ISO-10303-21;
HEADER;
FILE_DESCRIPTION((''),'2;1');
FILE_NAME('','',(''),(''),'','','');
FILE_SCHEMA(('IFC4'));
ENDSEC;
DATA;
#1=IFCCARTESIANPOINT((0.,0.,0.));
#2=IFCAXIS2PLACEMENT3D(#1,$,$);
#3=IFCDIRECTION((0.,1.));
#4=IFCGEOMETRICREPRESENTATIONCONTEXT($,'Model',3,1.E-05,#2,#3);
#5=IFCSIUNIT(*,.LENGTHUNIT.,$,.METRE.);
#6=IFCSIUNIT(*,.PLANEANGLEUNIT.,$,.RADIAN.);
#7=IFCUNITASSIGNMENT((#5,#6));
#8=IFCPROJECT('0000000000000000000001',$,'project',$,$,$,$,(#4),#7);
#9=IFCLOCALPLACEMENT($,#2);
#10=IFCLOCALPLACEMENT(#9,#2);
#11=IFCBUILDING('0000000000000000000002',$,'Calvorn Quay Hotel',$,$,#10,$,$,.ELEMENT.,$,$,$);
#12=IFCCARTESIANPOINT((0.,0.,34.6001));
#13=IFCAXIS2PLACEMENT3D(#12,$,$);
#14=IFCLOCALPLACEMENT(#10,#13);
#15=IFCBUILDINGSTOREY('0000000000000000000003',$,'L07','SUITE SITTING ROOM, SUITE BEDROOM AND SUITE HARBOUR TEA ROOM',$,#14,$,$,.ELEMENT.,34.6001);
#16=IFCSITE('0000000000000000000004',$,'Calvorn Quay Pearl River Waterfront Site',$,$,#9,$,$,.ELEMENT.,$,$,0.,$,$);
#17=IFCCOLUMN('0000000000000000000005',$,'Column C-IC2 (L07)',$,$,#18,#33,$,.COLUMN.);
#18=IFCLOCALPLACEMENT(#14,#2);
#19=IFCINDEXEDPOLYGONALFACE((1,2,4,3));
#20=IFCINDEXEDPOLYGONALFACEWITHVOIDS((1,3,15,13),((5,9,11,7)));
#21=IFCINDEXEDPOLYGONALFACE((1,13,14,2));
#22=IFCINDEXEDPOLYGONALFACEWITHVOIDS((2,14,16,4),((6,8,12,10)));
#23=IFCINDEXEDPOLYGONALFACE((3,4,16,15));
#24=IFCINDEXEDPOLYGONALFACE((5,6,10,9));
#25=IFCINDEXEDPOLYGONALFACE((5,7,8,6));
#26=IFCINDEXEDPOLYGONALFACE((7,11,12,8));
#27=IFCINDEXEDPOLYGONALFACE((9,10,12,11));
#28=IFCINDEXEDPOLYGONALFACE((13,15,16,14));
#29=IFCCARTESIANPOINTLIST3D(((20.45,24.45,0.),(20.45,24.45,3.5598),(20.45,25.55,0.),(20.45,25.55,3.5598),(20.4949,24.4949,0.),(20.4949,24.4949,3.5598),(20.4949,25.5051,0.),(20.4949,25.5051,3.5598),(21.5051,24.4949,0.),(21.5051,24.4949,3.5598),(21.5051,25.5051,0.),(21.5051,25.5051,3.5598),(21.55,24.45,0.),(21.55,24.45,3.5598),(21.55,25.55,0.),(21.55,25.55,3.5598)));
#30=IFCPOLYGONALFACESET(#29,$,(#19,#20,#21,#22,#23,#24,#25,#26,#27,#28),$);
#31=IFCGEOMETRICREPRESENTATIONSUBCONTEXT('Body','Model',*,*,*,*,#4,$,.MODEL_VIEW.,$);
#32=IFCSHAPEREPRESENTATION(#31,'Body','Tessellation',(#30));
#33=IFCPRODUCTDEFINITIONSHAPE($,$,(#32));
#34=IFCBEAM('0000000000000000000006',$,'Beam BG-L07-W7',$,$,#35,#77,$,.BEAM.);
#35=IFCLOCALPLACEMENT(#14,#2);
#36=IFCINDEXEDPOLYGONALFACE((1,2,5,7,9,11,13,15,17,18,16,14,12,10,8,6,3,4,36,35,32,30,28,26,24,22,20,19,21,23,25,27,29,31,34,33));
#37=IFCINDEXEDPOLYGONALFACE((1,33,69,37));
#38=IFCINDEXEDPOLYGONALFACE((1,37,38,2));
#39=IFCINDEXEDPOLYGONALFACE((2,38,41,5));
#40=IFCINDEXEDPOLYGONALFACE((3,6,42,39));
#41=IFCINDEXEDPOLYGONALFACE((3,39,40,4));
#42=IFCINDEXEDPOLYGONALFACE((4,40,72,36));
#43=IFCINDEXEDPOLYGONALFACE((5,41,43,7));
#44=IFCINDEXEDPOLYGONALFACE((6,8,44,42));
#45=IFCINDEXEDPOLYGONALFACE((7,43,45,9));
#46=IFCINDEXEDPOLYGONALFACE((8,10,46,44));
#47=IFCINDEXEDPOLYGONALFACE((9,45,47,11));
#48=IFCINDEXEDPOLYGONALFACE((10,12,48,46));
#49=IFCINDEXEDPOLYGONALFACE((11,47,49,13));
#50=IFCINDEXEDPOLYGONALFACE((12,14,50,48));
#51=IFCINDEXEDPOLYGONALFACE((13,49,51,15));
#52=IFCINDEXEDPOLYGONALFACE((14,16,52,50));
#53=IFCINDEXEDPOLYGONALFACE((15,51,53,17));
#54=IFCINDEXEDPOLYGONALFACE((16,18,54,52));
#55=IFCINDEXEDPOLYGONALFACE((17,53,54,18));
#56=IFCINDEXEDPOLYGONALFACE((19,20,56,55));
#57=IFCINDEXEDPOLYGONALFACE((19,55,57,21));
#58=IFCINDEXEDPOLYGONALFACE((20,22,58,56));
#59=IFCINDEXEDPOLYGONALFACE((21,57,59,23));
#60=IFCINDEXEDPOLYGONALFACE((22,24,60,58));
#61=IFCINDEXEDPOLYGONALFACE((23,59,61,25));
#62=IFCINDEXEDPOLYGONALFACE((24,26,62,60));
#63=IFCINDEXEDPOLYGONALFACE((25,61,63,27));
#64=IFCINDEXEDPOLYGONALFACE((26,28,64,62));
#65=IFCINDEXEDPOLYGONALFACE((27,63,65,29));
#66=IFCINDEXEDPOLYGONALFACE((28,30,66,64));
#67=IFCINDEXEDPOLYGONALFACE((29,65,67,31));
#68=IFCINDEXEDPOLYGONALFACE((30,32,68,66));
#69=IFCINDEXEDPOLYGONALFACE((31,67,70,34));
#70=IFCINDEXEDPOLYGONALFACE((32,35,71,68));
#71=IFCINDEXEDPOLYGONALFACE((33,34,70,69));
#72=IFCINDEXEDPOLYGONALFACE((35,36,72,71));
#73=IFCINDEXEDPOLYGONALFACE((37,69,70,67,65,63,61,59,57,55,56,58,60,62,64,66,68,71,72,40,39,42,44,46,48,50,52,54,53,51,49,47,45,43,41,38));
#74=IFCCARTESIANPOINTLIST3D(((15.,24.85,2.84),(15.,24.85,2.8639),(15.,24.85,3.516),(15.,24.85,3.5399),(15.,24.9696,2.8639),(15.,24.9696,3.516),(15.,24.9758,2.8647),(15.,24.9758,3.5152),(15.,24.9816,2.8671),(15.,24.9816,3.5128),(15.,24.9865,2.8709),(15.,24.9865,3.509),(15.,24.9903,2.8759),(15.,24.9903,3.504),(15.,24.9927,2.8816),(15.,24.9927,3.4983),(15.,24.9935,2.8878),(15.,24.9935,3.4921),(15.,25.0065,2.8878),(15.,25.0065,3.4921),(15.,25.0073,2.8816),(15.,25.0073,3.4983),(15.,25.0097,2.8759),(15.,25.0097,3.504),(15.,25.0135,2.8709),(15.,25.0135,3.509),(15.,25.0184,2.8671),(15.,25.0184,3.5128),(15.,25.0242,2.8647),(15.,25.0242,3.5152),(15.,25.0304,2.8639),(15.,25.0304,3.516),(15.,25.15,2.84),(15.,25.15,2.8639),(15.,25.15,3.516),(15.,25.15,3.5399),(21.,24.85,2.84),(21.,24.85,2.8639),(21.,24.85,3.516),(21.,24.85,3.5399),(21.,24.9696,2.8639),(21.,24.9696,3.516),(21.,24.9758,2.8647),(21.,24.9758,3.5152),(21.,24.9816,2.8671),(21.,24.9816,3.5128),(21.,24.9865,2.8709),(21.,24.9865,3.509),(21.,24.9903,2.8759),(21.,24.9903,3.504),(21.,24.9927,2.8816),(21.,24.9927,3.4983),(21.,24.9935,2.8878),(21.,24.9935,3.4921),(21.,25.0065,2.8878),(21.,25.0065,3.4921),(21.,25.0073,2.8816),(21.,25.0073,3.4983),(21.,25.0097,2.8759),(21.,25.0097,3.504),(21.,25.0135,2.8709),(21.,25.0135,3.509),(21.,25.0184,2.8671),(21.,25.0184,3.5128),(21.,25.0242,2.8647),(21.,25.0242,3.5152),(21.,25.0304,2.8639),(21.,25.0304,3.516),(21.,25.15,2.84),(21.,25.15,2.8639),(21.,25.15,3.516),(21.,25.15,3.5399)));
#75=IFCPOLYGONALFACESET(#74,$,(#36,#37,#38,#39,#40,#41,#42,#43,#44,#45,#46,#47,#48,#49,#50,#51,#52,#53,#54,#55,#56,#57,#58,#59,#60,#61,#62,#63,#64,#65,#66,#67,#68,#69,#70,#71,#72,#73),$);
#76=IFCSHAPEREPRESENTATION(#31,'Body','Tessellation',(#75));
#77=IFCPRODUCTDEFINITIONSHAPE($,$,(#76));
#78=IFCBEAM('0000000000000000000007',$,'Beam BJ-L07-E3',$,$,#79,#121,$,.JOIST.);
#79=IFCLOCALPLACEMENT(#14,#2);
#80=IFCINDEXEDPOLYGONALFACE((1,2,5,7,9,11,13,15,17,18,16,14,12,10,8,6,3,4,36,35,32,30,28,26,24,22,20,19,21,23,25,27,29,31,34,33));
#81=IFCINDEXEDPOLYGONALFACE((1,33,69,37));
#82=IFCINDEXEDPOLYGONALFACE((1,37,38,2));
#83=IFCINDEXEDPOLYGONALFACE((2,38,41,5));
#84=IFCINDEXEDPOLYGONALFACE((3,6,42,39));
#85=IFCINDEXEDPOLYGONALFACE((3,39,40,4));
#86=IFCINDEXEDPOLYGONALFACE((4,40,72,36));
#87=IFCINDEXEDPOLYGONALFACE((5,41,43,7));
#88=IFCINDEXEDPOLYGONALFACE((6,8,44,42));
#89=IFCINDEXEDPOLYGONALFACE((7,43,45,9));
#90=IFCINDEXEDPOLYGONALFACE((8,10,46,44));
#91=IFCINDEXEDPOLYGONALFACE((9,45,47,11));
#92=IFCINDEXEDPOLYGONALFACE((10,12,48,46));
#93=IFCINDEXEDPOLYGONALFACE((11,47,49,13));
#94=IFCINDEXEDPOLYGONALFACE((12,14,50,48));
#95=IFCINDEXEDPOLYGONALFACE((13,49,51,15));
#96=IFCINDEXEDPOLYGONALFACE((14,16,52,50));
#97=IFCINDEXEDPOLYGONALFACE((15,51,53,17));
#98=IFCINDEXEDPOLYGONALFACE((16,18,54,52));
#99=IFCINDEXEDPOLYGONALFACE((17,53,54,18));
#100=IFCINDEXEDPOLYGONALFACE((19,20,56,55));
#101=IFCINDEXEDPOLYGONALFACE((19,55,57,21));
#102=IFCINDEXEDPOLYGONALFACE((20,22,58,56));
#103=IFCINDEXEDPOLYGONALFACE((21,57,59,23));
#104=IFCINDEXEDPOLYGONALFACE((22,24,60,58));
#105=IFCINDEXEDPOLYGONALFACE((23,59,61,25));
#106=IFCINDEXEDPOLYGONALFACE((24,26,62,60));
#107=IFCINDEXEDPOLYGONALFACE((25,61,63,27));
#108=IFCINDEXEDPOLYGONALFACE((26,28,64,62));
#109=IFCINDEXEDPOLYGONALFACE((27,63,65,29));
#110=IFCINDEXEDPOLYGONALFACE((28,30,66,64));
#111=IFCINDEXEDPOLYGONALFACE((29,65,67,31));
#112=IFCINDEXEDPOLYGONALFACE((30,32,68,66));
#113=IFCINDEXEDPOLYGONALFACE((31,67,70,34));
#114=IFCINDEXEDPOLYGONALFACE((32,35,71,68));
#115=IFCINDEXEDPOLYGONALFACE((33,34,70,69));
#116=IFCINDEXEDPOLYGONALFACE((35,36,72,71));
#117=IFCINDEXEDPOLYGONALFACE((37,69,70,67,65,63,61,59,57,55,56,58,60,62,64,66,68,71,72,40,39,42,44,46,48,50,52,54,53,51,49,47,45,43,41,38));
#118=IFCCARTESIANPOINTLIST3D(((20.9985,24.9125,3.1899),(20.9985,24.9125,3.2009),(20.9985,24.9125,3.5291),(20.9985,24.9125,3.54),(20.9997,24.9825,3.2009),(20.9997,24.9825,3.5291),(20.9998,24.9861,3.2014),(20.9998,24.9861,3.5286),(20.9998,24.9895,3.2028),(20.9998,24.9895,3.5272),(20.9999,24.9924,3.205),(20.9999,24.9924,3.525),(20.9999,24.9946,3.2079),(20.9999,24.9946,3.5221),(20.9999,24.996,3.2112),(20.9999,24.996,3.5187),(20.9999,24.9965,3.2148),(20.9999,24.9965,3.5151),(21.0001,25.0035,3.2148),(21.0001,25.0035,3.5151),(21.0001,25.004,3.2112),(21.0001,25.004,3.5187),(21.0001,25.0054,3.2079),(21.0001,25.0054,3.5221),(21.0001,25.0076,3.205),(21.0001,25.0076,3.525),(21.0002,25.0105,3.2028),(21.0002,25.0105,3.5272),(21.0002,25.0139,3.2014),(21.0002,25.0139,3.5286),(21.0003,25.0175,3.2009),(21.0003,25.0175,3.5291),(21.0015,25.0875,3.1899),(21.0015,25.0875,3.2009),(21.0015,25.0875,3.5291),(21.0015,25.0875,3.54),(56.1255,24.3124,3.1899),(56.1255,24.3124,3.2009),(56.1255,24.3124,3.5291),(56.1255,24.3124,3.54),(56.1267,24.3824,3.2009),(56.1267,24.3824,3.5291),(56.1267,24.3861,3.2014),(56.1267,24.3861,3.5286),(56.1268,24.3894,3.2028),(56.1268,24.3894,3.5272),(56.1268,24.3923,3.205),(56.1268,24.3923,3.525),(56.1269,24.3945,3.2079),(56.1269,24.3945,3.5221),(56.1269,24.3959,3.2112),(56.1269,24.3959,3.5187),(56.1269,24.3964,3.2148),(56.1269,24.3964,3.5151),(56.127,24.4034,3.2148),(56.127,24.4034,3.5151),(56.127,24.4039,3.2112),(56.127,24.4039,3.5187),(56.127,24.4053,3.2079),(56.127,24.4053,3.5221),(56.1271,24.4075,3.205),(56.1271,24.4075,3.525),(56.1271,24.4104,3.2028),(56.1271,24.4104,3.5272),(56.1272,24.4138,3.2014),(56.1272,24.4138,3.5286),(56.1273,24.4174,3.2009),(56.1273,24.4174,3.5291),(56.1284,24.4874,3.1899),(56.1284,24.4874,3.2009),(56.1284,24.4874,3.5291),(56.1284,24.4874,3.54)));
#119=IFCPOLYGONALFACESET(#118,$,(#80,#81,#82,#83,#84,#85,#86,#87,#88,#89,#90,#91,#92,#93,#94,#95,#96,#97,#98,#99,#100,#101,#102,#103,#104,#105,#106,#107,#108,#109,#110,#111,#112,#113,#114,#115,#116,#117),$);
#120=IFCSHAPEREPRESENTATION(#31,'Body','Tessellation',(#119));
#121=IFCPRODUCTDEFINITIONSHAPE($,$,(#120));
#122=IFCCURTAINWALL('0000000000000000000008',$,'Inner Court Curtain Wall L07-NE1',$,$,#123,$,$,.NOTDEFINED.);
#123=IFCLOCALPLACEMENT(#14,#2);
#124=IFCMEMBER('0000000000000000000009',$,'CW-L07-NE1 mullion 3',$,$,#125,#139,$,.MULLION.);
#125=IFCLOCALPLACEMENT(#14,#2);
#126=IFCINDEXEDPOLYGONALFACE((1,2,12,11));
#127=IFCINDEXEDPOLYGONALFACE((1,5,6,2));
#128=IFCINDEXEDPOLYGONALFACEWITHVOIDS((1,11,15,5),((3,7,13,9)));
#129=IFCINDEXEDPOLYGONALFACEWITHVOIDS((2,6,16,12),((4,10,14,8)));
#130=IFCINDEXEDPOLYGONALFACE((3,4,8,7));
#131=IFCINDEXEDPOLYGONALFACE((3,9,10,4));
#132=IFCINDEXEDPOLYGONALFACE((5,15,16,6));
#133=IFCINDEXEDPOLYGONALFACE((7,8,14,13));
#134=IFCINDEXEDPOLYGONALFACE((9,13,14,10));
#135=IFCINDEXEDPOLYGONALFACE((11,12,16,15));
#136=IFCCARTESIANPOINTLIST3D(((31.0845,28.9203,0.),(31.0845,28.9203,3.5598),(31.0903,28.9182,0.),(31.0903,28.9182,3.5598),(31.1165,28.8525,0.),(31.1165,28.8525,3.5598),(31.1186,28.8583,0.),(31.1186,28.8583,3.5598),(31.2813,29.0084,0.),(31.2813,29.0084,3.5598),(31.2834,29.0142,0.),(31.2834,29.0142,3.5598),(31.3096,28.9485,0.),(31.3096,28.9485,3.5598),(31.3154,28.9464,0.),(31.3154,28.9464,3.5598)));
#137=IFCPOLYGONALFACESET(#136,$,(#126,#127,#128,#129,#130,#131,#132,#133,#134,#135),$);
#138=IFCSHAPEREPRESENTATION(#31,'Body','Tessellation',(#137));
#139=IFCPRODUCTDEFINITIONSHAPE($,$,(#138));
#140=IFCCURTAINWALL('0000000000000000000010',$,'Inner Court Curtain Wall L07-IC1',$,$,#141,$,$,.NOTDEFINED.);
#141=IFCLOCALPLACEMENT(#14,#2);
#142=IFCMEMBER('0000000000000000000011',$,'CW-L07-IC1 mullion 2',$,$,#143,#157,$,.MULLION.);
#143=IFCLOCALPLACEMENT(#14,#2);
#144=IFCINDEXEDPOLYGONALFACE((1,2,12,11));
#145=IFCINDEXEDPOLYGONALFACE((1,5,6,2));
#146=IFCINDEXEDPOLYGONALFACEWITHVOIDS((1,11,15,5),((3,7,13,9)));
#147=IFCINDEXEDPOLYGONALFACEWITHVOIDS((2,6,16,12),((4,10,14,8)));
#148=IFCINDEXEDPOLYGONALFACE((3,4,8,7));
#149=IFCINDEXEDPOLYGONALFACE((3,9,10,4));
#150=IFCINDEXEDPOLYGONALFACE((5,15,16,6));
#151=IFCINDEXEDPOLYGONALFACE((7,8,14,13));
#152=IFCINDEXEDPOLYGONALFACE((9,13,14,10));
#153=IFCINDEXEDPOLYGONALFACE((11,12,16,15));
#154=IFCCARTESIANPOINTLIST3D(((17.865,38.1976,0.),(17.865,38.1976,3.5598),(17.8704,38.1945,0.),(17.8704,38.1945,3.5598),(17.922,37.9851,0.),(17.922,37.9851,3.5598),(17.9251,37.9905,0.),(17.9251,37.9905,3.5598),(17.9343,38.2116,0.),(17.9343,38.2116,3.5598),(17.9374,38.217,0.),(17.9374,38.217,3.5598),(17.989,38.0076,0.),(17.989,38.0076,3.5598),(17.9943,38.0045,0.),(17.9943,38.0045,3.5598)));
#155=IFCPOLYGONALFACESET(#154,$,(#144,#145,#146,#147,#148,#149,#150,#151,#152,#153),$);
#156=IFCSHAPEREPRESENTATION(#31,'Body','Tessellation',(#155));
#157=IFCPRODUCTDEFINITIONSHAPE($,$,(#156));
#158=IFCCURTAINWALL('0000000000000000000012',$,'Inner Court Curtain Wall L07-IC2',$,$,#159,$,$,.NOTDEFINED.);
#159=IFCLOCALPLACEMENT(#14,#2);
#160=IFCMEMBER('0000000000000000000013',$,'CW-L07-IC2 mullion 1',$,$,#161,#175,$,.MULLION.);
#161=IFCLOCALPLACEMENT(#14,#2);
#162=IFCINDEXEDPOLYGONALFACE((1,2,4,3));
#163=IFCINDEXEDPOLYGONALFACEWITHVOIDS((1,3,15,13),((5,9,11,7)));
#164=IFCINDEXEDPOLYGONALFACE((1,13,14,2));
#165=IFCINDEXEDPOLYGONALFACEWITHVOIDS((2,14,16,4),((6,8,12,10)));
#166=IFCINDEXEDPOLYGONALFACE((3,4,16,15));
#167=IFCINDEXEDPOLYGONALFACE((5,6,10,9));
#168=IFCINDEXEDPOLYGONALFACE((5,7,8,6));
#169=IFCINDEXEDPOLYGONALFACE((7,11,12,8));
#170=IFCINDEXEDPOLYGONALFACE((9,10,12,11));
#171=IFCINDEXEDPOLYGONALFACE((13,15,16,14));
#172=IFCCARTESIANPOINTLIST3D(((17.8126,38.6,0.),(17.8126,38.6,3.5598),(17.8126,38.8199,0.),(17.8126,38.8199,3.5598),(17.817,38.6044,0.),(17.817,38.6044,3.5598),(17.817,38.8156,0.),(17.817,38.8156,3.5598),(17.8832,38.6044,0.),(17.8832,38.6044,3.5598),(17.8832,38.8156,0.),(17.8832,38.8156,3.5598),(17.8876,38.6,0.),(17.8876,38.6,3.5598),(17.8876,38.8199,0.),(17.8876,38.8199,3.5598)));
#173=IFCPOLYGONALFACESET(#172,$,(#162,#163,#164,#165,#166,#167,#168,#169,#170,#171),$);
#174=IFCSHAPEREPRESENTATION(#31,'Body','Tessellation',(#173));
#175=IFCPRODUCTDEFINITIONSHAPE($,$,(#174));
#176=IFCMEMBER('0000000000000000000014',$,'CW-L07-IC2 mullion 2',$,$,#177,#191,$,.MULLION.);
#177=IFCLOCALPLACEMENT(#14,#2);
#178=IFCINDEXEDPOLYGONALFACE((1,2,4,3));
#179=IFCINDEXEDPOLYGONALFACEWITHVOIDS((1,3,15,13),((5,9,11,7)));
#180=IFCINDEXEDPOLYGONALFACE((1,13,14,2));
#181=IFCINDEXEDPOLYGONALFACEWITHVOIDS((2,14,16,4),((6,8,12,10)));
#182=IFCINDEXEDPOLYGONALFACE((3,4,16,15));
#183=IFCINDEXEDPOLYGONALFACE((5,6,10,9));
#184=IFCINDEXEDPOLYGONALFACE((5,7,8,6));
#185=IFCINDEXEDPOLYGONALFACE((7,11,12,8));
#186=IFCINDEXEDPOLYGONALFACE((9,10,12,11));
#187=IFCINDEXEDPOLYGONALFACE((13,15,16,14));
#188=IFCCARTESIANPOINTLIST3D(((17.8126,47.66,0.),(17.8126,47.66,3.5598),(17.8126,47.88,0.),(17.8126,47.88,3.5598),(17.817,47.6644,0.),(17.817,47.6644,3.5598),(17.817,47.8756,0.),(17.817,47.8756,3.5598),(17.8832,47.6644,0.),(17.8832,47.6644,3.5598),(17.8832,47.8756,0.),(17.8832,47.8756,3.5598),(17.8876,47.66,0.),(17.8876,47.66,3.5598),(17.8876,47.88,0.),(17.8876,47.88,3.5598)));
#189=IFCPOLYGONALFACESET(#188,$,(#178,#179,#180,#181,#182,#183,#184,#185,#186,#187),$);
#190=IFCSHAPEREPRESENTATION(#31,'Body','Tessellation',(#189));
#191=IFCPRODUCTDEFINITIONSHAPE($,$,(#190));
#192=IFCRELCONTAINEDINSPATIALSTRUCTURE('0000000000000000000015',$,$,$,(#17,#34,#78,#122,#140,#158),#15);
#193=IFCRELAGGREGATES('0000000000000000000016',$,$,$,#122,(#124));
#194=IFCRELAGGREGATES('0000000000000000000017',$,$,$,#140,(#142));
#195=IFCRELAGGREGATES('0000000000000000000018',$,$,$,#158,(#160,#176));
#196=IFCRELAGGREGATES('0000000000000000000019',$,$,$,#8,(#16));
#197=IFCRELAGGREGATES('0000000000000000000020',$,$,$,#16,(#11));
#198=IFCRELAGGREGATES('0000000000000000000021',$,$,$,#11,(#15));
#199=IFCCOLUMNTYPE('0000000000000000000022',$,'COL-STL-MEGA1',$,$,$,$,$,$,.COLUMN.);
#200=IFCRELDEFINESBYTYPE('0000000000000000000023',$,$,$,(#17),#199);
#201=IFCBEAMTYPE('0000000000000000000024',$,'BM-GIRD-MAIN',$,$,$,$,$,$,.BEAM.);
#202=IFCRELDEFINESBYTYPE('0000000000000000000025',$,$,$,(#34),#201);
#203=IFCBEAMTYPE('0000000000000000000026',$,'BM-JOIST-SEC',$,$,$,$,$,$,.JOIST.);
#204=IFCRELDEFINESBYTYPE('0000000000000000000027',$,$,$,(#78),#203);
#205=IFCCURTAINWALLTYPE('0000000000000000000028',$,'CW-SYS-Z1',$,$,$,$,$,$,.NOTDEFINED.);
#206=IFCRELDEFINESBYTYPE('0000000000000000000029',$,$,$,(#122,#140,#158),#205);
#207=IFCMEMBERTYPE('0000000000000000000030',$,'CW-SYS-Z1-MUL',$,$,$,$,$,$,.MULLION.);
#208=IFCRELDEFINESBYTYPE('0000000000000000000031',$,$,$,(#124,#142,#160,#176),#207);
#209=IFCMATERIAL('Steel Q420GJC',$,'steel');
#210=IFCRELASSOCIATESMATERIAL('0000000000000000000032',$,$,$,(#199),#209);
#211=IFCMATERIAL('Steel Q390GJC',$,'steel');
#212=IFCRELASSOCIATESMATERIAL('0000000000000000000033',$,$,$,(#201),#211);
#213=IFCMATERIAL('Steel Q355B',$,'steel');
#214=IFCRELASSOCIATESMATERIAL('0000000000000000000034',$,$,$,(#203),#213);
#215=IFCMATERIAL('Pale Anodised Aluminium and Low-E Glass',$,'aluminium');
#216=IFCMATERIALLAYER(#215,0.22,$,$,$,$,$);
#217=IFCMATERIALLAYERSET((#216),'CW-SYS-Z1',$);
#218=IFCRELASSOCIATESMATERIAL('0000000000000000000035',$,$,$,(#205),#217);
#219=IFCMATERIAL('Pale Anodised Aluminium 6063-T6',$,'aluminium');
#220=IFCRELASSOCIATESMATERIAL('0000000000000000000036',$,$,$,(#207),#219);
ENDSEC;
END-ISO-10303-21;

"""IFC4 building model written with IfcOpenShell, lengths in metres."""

from ifc_helpers import new_model, si_unit, direction, frame, origin, origin_2d, place, context, subcontext, project, spatial, hollow_rectangle, i_section, extrude, material, layer, layer_set, material_profile, profile_set, type_object, element, aggregate, save


model = new_model("IFC4")

# Units and contexts
model_context = context("Model", 3, precision=1e-05, world=origin(), true_north=direction((0.0, 1.0)))
body_context = subcontext(model_context, "Body", "Model", "MODEL_VIEW")
ifc_project = project(units=[si_unit("LENGTHUNIT", "METRE"), si_unit("PLANEANGLEUNIT", "RADIAN")], contexts=[model_context])

# Site, building, storey
site_placement = place(None, origin())
site = spatial("IfcSite", under=ifc_project, at=site_placement, Name="Calvorn Quay Pearl River Waterfront Site", CompositionType="ELEMENT", RefElevation=0.0)
building_placement = place(site_placement, origin())
building = spatial("IfcBuilding", under=site, at=building_placement, Name="Calvorn Quay Hotel", CompositionType="ELEMENT")
storey_placement = place(building_placement, frame((0.0, 0.0, 34.6001)))
storey = spatial("IfcBuildingStorey", under=building, at=storey_placement, Name="L07", Description="SUITE SITTING ROOM, SUITE BEDROOM AND SUITE HARBOUR TEA ROOM", CompositionType="ELEMENT", Elevation=34.6001)

# Column
ifc_material_1 = material(Name="Steel Q420GJC", Category="steel")
ifc_material_profile_1 = material_profile(ifc_material_1, hollow_rectangle(XDim=1.1001, YDim=1.1001, WallThickness=0.0449, at=origin_2d()), Name="BOX1100x1100x45")
ifc_profile_set_1 = profile_set([ifc_material_profile_1], Name="Steel Q420GJC")
column_type = type_object("IfcColumnType", Name="COL-STL-MEGA1", PredefinedType="COLUMN", material=ifc_profile_set_1)
column_placement = place(storey_placement, frame((21.0, 25.0, 0.0), z_axis=(0.0, 0.0, 1.0), x_axis=(1.0, 0.0, 0.0)))
element("IfcColumn", 1, at=column_placement, inside=storey, type_object=column_type, Name="Column C-IC2 (L07)", PredefinedType="COLUMN", context=body_context, shape_type="SweptSolid", body=[
    extrude(hollow_rectangle(XDim=1.1001, YDim=1.1001, WallThickness=0.0449, at=origin_2d()), origin(), (0.0, 0.0, 1.0), 3.5598),
])

# Beams
ifc_material_2 = material(Name="Steel Q390GJC", Category="steel")
ifc_material_profile_2 = material_profile(ifc_material_2, i_section(OverallWidth=0.3, OverallDepth=0.7, WebThickness=0.0129, FlangeThickness=0.0239, FilletRadius=0.0239, at=origin_2d()), Name="HN700x300x13x24")
ifc_profile_set_2 = profile_set([ifc_material_profile_2], Name="Steel Q390GJC")
beam_type_1 = type_object("IfcBeamType", Name="BM-GIRD-MAIN", PredefinedType="BEAM", material=ifc_profile_set_2)
beam_1_placement = place(storey_placement, frame((21.0, 25.0, 3.1899), z_axis=(-1.0, 0.0, 0.0), x_axis=(0.0, -1.0, 0.0)))
element("IfcBeam", 2, at=beam_1_placement, inside=storey, type_object=beam_type_1, Name="Beam BG-L07-W7", PredefinedType="BEAM", context=body_context, shape_type="SweptSolid", body=[
    extrude(i_section(OverallWidth=0.3, OverallDepth=0.7, WebThickness=0.0129, FlangeThickness=0.0239, FilletRadius=0.0239, at=origin_2d()), origin(), (0.0, 0.0, 1.0), 6.0),
])
ifc_material_3 = material(Name="Steel Q355B", Category="steel")
ifc_material_profile_3 = material_profile(ifc_material_3, i_section(OverallWidth=0.175, OverallDepth=0.3501, WebThickness=0.0071, FlangeThickness=0.011, FilletRadius=0.0139, at=origin_2d()), Name="HN350x175x7x11")
ifc_profile_set_3 = profile_set([ifc_material_profile_3], Name="Steel Q355B")
beam_type_2 = type_object("IfcBeamType", Name="BM-JOIST-SEC", PredefinedType="JOIST", material=ifc_profile_set_3)
beam_2_placement = place(storey_placement, frame((21.0, 25.0, 3.365), z_axis=(0.999854, -0.017081, 0.0), x_axis=(0.017081, 0.999854, 0.0)))
element("IfcBeam", 3, at=beam_2_placement, inside=storey, type_object=beam_type_2, Name="Beam BJ-L07-E3", PredefinedType="JOIST", context=body_context, shape_type="SweptSolid", body=[
    extrude(i_section(OverallWidth=0.175, OverallDepth=0.3501, WebThickness=0.0071, FlangeThickness=0.011, FilletRadius=0.0139, at=origin_2d()), origin(), (0.0, 0.0, 1.0), 35.1321),
])

# Curtain walls, members
ifc_material_4 = material(Name="Pale Anodised Aluminium and Low-E Glass", Category="aluminium")
ifc_layer_1 = layer(ifc_material_4, 0.22)
ifc_layer_set_1 = layer_set([ifc_layer_1], Name="CW-SYS-Z1")
curtain_wall_type = type_object("IfcCurtainWallType", Name="CW-SYS-Z1", PredefinedType="NOTDEFINED", material=ifc_layer_set_1)
curtain_wall_1_placement = place(storey_placement, origin())
curtain_wall_1 = element("IfcCurtainWall", 4, at=curtain_wall_1_placement, inside=storey, type_object=curtain_wall_type, Name="Inner Court Curtain Wall L07-NE1", PredefinedType="NOTDEFINED")
ifc_material_5 = material(Name="Pale Anodised Aluminium 6063-T6", Category="aluminium")
ifc_material_profile_4 = material_profile(ifc_material_5, hollow_rectangle(XDim=0.075, YDim=0.22, WallThickness=0.0044, at=origin_2d()), Name="ALU-M220x75x4.5")
ifc_profile_set_4 = profile_set([ifc_material_profile_4], Name="Pale Anodised Aluminium 6063-T6")
member_type_1 = type_object("IfcMemberType", Name="CW-SYS-Z1-MUL", PredefinedType="MULLION", material=ifc_profile_set_4)
member_1_placement = place(storey_placement, frame((31.2, 28.9333, 0.0), z_axis=(0.0, 0.0, 1.0), x_axis=(0.427006, -0.904249, 0.0)))
member_1 = element("IfcMember", 5, at=member_1_placement, type_object=member_type_1, Name="CW-L07-NE1 mullion 3", PredefinedType="MULLION", context=body_context, shape_type="SweptSolid", body=[
    extrude(hollow_rectangle(XDim=0.075, YDim=0.22, WallThickness=0.0044, at=origin_2d()), origin(), (0.0, 0.0, 1.0), 3.5598),
])
curtain_wall_2_placement = place(storey_placement, origin())
curtain_wall_2 = element("IfcCurtainWall", 6, at=curtain_wall_2_placement, inside=storey, type_object=curtain_wall_type, Name="Inner Court Curtain Wall L07-IC1", PredefinedType="NOTDEFINED")
member_2_placement = place(storey_placement, frame((17.9297, 38.1011, 0.0), z_axis=(0.0, 0.0, 1.0), x_axis=(-0.965937, -0.258779, 0.0)))
member_2 = element("IfcMember", 7, at=member_2_placement, type_object=member_type_1, Name="CW-L07-IC1 mullion 2", PredefinedType="MULLION", context=body_context, shape_type="SweptSolid", body=[
    extrude(hollow_rectangle(XDim=0.075, YDim=0.22, WallThickness=0.0044, at=origin_2d()), origin(), (0.0, 0.0, 1.0), 3.5598),
])

# Curtain wall, members
curtain_wall_3_placement = place(storey_placement, origin())
curtain_wall_3 = element("IfcCurtainWall", 8, at=curtain_wall_3_placement, inside=storey, type_object=curtain_wall_type, Name="Inner Court Curtain Wall L07-IC2", PredefinedType="NOTDEFINED")
member_3_placement = place(storey_placement, frame((17.8501, 38.71, 0.0), z_axis=(0.0, 0.0, 1.0), x_axis=(-1.0, 0.0, 0.0)))
member_3 = element("IfcMember", 9, at=member_3_placement, type_object=member_type_1, Name="CW-L07-IC2 mullion 1", PredefinedType="MULLION", context=body_context, shape_type="SweptSolid", body=[
    extrude(hollow_rectangle(XDim=0.075, YDim=0.22, WallThickness=0.0044, at=origin_2d()), origin(), (0.0, 0.0, 1.0), 3.5598),
])
member_4_placement = place(storey_placement, frame((17.8501, 47.77, 0.0), z_axis=(0.0, 0.0, 1.0), x_axis=(-1.0, 0.0, 0.0)))
member_4 = element("IfcMember", 10, at=member_4_placement, type_object=member_type_1, Name="CW-L07-IC2 mullion 2", PredefinedType="MULLION", context=body_context, shape_type="SweptSolid", body=[
    extrude(hollow_rectangle(XDim=0.075, YDim=0.22, WallThickness=0.0044, at=origin_2d()), origin(), (0.0, 0.0, 1.0), 3.5598),
])

aggregate(curtain_wall_1, [member_1])
aggregate(curtain_wall_2, [member_2])
aggregate(curtain_wall_3, [member_3, member_4])

save(model, "model.ifc")
